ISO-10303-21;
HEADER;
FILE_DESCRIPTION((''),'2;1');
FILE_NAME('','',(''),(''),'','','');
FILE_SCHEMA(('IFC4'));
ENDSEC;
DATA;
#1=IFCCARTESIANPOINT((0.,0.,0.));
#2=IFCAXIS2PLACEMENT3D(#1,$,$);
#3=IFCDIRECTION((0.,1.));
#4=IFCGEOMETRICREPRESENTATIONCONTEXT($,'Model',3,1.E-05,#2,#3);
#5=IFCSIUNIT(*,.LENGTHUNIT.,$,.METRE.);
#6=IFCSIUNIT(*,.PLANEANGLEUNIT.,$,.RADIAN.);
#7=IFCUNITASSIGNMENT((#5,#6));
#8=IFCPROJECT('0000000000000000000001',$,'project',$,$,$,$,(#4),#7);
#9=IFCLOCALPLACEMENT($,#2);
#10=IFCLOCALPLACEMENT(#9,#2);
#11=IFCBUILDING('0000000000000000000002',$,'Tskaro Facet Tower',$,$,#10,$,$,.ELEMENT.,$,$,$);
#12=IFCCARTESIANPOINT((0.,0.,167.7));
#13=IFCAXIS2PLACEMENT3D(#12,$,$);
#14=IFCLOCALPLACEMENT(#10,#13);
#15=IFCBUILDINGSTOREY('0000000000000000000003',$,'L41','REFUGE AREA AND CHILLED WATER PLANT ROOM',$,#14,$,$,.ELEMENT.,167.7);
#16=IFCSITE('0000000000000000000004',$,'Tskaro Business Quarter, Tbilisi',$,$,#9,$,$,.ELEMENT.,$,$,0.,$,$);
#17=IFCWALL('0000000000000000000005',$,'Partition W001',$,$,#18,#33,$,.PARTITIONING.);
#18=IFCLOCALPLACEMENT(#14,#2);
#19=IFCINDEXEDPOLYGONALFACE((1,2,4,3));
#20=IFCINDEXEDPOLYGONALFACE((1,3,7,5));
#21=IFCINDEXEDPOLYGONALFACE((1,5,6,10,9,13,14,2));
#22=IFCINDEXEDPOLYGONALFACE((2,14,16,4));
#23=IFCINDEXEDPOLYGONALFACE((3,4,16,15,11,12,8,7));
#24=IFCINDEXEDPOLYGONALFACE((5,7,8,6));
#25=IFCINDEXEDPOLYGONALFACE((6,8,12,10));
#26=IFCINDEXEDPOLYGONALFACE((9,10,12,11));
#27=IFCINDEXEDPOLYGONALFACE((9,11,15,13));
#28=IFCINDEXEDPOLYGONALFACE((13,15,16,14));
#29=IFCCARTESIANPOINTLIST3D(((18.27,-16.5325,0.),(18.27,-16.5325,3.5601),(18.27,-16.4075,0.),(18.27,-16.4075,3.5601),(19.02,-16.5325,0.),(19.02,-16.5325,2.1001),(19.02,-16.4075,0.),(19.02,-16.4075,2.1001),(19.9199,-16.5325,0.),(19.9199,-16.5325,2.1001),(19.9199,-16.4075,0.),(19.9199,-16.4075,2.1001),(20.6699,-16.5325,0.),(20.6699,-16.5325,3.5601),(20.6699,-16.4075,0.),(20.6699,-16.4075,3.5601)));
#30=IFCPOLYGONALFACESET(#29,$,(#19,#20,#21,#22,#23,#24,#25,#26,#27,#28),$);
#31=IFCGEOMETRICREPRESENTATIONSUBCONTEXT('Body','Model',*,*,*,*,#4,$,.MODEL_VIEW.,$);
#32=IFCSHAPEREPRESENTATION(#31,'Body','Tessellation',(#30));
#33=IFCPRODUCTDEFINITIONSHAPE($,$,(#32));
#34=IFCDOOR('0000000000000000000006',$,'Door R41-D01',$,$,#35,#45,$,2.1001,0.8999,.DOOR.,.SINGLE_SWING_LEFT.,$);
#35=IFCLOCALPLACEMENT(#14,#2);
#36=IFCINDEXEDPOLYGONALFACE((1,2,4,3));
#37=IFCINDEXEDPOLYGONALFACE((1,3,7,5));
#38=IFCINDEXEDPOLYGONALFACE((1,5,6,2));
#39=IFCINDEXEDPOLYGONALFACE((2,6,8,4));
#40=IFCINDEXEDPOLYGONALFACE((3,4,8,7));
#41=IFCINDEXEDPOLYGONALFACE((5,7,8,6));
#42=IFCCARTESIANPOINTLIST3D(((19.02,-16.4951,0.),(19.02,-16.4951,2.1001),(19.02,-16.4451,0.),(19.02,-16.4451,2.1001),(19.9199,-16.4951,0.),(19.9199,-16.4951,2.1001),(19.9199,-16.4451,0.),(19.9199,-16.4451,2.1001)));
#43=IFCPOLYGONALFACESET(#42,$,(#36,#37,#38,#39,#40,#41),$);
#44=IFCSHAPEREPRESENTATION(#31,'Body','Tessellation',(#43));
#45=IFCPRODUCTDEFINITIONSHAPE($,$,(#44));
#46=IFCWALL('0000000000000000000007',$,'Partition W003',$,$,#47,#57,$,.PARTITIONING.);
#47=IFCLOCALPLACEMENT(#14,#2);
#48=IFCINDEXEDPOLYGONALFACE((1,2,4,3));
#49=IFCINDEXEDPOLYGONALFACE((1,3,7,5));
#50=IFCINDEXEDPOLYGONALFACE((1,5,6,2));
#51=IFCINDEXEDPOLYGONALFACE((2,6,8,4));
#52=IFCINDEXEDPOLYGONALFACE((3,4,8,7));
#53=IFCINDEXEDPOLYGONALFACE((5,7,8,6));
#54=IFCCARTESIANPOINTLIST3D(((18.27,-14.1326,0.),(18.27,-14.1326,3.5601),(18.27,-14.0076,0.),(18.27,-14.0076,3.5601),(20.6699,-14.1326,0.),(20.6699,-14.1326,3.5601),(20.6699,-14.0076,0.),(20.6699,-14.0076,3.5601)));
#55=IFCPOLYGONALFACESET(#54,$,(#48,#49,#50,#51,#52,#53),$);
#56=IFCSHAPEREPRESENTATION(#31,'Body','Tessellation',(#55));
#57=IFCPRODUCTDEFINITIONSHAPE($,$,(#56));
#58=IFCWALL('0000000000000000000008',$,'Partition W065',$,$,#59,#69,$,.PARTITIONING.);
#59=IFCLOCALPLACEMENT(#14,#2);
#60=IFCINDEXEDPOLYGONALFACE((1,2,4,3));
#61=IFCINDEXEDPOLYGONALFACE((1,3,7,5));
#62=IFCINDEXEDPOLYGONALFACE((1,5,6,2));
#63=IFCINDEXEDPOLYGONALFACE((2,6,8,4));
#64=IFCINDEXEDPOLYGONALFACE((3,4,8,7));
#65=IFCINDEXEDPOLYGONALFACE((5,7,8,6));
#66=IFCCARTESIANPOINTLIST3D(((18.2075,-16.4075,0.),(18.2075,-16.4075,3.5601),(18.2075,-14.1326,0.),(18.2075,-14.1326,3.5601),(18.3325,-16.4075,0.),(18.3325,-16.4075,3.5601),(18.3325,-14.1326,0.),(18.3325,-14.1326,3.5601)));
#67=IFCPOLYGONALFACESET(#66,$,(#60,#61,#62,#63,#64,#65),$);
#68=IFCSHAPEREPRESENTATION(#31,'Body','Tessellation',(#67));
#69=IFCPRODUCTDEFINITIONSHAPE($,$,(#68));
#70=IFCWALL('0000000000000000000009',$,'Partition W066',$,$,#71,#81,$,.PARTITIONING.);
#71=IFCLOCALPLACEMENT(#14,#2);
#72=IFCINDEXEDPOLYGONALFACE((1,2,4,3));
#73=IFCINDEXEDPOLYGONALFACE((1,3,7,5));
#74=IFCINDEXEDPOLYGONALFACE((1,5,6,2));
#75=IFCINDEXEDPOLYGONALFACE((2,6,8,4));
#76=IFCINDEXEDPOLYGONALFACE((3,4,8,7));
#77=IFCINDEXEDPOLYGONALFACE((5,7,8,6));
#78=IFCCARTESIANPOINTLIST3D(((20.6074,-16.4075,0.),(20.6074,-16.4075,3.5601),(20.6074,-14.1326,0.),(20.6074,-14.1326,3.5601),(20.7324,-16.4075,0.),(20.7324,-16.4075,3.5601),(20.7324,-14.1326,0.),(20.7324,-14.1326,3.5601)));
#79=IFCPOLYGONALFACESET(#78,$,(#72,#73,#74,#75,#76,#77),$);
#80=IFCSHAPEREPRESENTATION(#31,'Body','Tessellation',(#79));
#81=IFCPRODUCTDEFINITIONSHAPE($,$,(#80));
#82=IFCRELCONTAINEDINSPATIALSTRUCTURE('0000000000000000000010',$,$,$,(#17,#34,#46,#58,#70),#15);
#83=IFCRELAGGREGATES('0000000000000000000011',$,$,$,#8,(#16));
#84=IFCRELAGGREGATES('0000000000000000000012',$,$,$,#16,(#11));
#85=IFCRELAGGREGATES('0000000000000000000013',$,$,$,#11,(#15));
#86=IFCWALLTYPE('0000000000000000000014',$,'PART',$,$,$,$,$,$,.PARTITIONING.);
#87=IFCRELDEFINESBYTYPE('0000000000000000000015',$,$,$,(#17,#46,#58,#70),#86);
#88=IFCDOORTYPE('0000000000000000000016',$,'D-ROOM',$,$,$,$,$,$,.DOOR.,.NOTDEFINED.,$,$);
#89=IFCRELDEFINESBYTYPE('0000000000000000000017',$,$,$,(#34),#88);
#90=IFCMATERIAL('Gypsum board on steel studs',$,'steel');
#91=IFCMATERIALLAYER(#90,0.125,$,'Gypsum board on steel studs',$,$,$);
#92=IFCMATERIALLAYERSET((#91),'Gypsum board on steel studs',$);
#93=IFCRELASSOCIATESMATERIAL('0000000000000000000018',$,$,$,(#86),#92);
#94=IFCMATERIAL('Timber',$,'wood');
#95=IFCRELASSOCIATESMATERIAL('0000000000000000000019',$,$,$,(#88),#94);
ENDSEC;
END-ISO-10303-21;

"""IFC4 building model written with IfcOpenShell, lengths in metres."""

from ifc_helpers import new_model, si_unit, direction, frame, frame_2d, origin, place, context, subcontext, project, spatial, rectangle, extrude, material, layer, layer_set, type_object, element, fill, save


model = new_model("IFC4")

# Units and contexts
model_context = context("Model", 3, precision=1e-05, world=origin(), true_north=direction((0.0, 1.0)))
body_context = subcontext(model_context, "Body", "Model", "MODEL_VIEW")
ifc_project = project(units=[si_unit("LENGTHUNIT", "METRE"), si_unit("PLANEANGLEUNIT", "RADIAN")], contexts=[model_context])

# Site, building, storey
site_placement = place(None, origin())
site = spatial("IfcSite", under=ifc_project, at=site_placement, Name="Tskaro Business Quarter, Tbilisi", CompositionType="ELEMENT", RefElevation=0.0)
building_placement = place(site_placement, origin())
building = spatial("IfcBuilding", under=site, at=building_placement, Name="Tskaro Facet Tower", CompositionType="ELEMENT")
storey_placement = place(building_placement, frame((0.0, 0.0, 167.7)))
storey = spatial("IfcBuildingStorey", under=building, at=storey_placement, Name="L41", Description="REFUGE AREA AND CHILLED WATER PLANT ROOM", CompositionType="ELEMENT", Elevation=167.7)

# Wall, opening, door
ifc_material_1 = material(Name="Gypsum board on steel studs", Category="steel")
ifc_layer = layer(ifc_material_1, 0.125, Name="Gypsum board on steel studs")
ifc_layer_set = layer_set([ifc_layer], Name="Gypsum board on steel studs")
wall_type = type_object("IfcWallType", Name="PART", PredefinedType="PARTITIONING", material=ifc_layer_set)
wall_1_placement = place(storey_placement, frame((18.27, -16.47, 0.0), z_axis=(0.0, 0.0, 1.0), x_axis=(1.0, 0.0, 0.0)))
wall_1 = element("IfcWall", 1, at=wall_1_placement, inside=storey, type_object=wall_type, Name="Partition W001", PredefinedType="PARTITIONING", context=body_context, shape_type="SweptSolid", body=[
    extrude(rectangle(XDim=2.3999, YDim=0.125, at=frame_2d((1.2, 0.0))), origin(), (0.0, 0.0, 1.0), 3.5601),
])
opening_placement = place(wall_1_placement, frame((0.75, 0.0, 0.0)))
opening = element("IfcOpeningElement", 2, at=opening_placement, cuts=wall_1, PredefinedType="OPENING", context=body_context, shape_type="SweptSolid", body=[
    extrude(rectangle(XDim=0.8999, YDim=2.1001, at=frame_2d((0.45, 1.05))), frame((0.0, 0.0725, 0.0), z_axis=(0.0, -1.0, 0.0), x_axis=(1.0, 0.0, 0.0)), (0.0, 0.0, 1.0), 0.145),
])
ifc_material_2 = material(Name="Timber", Category="wood")
door_type = type_object("IfcDoorType", Name="D-ROOM", OperationType="NOTDEFINED", PredefinedType="DOOR", material=ifc_material_2)
door_placement = place(opening_placement, origin())
door = element("IfcDoor", 3, at=door_placement, inside=storey, type_object=door_type, Name="Door R41-D01", OperationType="SINGLE_SWING_LEFT", OverallHeight=2.1001, OverallWidth=0.8999, PredefinedType="DOOR", context=body_context, shape_type="SweptSolid", body=[
    extrude(rectangle(XDim=0.8999, YDim=2.1001, at=frame_2d((0.45, 1.05))), frame((0.0, 0.0249, 0.0), z_axis=(0.0, -1.0, 0.0), x_axis=(1.0, 0.0, 0.0)), (0.0, 0.0, 1.0), 0.05),
])
fill(opening, door)

# Walls
wall_2_placement = place(storey_placement, frame((18.27, -14.0701, 0.0), z_axis=(0.0, 0.0, 1.0), x_axis=(1.0, 0.0, 0.0)))
element("IfcWall", 4, at=wall_2_placement, inside=storey, type_object=wall_type, Name="Partition W003", PredefinedType="PARTITIONING", context=body_context, shape_type="SweptSolid", body=[
    extrude(rectangle(XDim=2.3999, YDim=0.125, at=frame_2d((1.2, 0.0))), origin(), (0.0, 0.0, 1.0), 3.5601),
])
for number, where, z_axis, x_axis, name in (
    (5, (18.27, -16.4075, 0.0), (0.0, 0.0, 1.0), (0.0, 1.0, 0.0), "Partition W065"),
    (6, (20.6699, -16.4075, 0.0), (0.0, 0.0, 1.0), (0.0, 1.0, 0.0), "Partition W066"),
):
    element("IfcWall", number, at=place(storey_placement, frame(where, z_axis=z_axis, x_axis=x_axis)), inside=storey, type_object=wall_type, Name=name, PredefinedType="PARTITIONING", context=body_context, shape_type="SweptSolid", body=[
        extrude(rectangle(XDim=2.2749, YDim=0.125, at=frame_2d((1.1375, 0.0))), origin(), (0.0, 0.0, 1.0), 3.5601),
    ])

save(model, "model.ifc")
